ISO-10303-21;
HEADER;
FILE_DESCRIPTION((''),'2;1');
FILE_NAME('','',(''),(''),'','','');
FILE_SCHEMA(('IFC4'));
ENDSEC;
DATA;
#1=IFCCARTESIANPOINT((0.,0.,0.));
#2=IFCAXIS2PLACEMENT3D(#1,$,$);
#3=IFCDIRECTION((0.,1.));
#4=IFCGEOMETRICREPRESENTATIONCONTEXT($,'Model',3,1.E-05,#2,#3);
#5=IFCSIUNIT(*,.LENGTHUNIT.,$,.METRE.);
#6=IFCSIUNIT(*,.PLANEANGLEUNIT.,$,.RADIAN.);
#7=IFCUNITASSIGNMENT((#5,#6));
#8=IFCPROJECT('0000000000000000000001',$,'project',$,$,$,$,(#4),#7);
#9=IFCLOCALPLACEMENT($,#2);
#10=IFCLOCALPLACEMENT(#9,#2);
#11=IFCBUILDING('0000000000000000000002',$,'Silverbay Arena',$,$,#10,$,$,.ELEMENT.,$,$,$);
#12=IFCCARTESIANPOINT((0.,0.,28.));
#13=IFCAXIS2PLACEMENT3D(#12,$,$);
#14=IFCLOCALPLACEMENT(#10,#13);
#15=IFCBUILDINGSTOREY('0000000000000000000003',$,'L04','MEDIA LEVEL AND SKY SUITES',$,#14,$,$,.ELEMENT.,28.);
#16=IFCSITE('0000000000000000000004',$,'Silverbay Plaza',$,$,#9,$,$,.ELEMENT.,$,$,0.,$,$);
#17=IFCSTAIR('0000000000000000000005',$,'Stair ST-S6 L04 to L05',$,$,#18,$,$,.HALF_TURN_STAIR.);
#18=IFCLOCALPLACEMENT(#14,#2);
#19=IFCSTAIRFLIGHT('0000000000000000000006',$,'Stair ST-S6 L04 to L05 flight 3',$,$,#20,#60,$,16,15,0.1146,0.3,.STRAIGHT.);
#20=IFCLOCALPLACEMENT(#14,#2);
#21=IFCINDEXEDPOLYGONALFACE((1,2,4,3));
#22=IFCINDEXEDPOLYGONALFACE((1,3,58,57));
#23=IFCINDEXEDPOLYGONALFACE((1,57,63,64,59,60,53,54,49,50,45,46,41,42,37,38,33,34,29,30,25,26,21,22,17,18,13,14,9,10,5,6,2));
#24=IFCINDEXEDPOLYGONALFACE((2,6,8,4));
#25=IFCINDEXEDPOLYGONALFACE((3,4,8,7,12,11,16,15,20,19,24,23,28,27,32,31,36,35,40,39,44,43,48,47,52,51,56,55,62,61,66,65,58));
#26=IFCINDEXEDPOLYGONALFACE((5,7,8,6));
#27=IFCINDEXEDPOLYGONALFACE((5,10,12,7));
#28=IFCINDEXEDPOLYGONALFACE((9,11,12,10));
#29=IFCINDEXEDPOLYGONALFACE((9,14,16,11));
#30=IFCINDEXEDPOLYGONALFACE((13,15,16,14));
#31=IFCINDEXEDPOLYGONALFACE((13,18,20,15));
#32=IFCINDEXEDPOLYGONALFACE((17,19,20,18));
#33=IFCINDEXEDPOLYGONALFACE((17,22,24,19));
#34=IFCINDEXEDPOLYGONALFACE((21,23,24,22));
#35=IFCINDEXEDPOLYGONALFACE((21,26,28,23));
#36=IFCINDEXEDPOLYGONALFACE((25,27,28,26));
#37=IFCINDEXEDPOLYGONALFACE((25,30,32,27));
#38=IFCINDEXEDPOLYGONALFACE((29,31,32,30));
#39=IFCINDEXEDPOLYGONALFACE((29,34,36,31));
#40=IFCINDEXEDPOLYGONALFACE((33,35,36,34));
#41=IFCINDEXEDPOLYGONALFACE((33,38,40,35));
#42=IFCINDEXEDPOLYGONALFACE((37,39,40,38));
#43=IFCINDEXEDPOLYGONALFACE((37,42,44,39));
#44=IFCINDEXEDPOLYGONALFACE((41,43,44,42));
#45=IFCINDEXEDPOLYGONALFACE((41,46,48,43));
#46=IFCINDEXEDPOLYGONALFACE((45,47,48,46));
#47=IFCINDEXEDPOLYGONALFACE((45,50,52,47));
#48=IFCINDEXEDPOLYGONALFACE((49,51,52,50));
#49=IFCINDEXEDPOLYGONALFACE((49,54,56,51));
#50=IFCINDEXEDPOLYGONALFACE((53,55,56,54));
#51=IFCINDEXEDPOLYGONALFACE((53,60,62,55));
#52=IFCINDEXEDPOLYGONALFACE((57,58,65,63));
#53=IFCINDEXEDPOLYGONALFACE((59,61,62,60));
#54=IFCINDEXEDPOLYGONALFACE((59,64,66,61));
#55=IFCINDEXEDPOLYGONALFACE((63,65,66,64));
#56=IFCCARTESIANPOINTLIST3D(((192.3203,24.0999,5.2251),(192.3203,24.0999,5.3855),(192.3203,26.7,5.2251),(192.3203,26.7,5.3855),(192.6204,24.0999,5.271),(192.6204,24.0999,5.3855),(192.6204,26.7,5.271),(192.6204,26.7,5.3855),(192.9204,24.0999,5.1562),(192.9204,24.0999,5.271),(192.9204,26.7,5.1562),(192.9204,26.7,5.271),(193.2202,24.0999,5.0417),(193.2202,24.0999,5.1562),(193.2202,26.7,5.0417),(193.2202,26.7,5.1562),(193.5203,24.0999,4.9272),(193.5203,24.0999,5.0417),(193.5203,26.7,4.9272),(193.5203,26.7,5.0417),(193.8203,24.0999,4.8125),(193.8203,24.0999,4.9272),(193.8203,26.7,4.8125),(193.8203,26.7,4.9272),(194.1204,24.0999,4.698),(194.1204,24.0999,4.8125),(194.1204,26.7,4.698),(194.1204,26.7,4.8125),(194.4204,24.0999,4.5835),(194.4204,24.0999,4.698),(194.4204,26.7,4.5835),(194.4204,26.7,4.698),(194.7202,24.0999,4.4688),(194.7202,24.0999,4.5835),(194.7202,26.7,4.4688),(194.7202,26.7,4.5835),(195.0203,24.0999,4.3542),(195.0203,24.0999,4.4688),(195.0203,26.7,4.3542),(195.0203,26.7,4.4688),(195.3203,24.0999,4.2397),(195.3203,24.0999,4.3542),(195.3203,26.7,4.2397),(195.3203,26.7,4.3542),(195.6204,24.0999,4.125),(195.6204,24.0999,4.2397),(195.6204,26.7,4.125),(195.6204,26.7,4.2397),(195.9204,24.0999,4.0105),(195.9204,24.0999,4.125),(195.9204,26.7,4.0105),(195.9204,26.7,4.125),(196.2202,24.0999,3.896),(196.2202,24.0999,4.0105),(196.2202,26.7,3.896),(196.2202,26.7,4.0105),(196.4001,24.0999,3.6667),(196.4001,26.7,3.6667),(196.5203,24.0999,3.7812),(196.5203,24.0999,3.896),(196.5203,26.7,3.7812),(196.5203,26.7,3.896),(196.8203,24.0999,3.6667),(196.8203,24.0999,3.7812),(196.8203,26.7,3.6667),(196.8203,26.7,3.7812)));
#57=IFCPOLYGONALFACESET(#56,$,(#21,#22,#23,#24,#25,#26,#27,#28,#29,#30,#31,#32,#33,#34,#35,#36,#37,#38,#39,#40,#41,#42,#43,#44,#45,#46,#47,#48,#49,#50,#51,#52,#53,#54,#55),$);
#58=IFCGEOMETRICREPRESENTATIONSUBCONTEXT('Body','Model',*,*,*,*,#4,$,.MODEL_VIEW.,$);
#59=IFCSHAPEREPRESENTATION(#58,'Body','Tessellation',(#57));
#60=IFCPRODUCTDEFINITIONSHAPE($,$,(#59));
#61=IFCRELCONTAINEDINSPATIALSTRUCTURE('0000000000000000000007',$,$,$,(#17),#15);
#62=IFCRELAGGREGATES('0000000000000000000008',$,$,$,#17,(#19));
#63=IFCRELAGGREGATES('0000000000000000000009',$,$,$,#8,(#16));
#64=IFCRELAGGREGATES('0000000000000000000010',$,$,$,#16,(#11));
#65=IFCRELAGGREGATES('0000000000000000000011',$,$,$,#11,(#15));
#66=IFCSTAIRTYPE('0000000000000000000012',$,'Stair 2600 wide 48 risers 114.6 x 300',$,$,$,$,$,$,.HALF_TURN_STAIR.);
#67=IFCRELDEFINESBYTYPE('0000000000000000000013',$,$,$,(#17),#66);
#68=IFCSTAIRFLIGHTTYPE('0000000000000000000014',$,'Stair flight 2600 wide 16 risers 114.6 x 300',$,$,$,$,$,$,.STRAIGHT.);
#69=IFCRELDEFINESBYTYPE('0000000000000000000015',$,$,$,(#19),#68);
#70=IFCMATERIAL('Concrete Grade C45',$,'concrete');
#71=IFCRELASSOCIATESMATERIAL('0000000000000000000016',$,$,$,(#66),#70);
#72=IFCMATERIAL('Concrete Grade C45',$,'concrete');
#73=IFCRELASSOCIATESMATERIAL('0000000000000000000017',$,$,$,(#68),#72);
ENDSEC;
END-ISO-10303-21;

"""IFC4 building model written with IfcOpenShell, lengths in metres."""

from ifc_helpers import new_model, si_unit, direction, frame, origin, place, context, subcontext, project, spatial, polyline, outline, extrude, material, type_object, element, aggregate, save


model = new_model("IFC4")

# Units and contexts
model_context = context("Model", 3, precision=1e-05, world=origin(), true_north=direction((0.0, 1.0)))
body_context = subcontext(model_context, "Body", "Model", "MODEL_VIEW")
ifc_project = project(units=[si_unit("LENGTHUNIT", "METRE"), si_unit("PLANEANGLEUNIT", "RADIAN")], contexts=[model_context])

# Site, building, storey
site_placement = place(None, origin())
site = spatial("IfcSite", under=ifc_project, at=site_placement, Name="Silverbay Plaza", CompositionType="ELEMENT", RefElevation=0.0)
building_placement = place(site_placement, origin())
building = spatial("IfcBuilding", under=site, at=building_placement, Name="Silverbay Arena", CompositionType="ELEMENT")
storey_placement = place(building_placement, frame((0.0, 0.0, 28.0)))
storey = spatial("IfcBuildingStorey", under=building, at=storey_placement, Name="L04", Description="MEDIA LEVEL AND SKY SUITES", CompositionType="ELEMENT", Elevation=28.0)

# Stair, stair flight
ifc_material_1 = material(Name="Concrete Grade C45", Category="concrete")
stair_type = type_object("IfcStairType", Name="Stair 2600 wide 48 risers 114.6 x 300", PredefinedType="HALF_TURN_STAIR", material=ifc_material_1)
stair_placement = place(storey_placement, origin())
stair = element("IfcStair", 1, at=stair_placement, inside=storey, type_object=stair_type, Name="Stair ST-S6 L04 to L05", PredefinedType="HALF_TURN_STAIR")
ifc_material_2 = material(Name="Concrete Grade C45", Category="concrete")
stair_flight_type = type_object("IfcStairFlightType", Name="Stair flight 2600 wide 16 risers 114.6 x 300", PredefinedType="STRAIGHT", material=ifc_material_2)
stair_flight_1_placement = place(storey_placement, frame((196.8203, 25.3999, 3.6667), z_axis=(0.0, 0.0, 1.0), x_axis=(-1.0, 0.0, 0.0)))
stair_flight_1 = element("IfcStairFlight", 2, at=stair_flight_1_placement, type_object=stair_flight_type, Name="Stair ST-S6 L04 to L05 flight 3", NumberOfRisers=16, NumberOfTreads=15, PredefinedType="STRAIGHT", RiserHeight=0.1146, TreadLength=0.3, context=body_context, shape_type="SweptSolid", body=[
    extrude(outline(polyline([(0.0, 0.0), (0.0, 0.1145), (0.3, 0.1145), (0.3, 0.2292), (0.6001, 0.2292), (0.6001, 0.3438), (0.8999, 0.3438), (0.8999, 0.4583), (1.2, 0.4583), (1.2, 0.573), (1.5, 0.573), (1.5, 0.6875), (1.8, 0.6875), (1.8, 0.802), (2.1001, 0.802), (2.1001, 0.9167), (2.3999, 0.9167), (2.3999, 1.0312), (2.7, 1.0312), (2.7, 1.1458), (3.0, 1.1458), (3.0, 1.2605), (3.3, 1.2605), (3.3, 1.375), (3.6001, 1.375), (3.6001, 1.4895), (3.8999, 1.4895), (3.8999, 1.6042), (4.2, 1.6042), (4.2, 1.7188), (4.5, 1.7188), (4.5, 1.5583), (0.4202, 0.0), (0.0, 0.0)])), frame((0.0, 1.3, 0.0), z_axis=(0.0, -1.0, 0.0), x_axis=(1.0, 0.0, 0.0)), (0.0, 0.0, 1.0), 2.6001),
])
aggregate(stair, [stair_flight_1])

save(model, "model.ifc")
